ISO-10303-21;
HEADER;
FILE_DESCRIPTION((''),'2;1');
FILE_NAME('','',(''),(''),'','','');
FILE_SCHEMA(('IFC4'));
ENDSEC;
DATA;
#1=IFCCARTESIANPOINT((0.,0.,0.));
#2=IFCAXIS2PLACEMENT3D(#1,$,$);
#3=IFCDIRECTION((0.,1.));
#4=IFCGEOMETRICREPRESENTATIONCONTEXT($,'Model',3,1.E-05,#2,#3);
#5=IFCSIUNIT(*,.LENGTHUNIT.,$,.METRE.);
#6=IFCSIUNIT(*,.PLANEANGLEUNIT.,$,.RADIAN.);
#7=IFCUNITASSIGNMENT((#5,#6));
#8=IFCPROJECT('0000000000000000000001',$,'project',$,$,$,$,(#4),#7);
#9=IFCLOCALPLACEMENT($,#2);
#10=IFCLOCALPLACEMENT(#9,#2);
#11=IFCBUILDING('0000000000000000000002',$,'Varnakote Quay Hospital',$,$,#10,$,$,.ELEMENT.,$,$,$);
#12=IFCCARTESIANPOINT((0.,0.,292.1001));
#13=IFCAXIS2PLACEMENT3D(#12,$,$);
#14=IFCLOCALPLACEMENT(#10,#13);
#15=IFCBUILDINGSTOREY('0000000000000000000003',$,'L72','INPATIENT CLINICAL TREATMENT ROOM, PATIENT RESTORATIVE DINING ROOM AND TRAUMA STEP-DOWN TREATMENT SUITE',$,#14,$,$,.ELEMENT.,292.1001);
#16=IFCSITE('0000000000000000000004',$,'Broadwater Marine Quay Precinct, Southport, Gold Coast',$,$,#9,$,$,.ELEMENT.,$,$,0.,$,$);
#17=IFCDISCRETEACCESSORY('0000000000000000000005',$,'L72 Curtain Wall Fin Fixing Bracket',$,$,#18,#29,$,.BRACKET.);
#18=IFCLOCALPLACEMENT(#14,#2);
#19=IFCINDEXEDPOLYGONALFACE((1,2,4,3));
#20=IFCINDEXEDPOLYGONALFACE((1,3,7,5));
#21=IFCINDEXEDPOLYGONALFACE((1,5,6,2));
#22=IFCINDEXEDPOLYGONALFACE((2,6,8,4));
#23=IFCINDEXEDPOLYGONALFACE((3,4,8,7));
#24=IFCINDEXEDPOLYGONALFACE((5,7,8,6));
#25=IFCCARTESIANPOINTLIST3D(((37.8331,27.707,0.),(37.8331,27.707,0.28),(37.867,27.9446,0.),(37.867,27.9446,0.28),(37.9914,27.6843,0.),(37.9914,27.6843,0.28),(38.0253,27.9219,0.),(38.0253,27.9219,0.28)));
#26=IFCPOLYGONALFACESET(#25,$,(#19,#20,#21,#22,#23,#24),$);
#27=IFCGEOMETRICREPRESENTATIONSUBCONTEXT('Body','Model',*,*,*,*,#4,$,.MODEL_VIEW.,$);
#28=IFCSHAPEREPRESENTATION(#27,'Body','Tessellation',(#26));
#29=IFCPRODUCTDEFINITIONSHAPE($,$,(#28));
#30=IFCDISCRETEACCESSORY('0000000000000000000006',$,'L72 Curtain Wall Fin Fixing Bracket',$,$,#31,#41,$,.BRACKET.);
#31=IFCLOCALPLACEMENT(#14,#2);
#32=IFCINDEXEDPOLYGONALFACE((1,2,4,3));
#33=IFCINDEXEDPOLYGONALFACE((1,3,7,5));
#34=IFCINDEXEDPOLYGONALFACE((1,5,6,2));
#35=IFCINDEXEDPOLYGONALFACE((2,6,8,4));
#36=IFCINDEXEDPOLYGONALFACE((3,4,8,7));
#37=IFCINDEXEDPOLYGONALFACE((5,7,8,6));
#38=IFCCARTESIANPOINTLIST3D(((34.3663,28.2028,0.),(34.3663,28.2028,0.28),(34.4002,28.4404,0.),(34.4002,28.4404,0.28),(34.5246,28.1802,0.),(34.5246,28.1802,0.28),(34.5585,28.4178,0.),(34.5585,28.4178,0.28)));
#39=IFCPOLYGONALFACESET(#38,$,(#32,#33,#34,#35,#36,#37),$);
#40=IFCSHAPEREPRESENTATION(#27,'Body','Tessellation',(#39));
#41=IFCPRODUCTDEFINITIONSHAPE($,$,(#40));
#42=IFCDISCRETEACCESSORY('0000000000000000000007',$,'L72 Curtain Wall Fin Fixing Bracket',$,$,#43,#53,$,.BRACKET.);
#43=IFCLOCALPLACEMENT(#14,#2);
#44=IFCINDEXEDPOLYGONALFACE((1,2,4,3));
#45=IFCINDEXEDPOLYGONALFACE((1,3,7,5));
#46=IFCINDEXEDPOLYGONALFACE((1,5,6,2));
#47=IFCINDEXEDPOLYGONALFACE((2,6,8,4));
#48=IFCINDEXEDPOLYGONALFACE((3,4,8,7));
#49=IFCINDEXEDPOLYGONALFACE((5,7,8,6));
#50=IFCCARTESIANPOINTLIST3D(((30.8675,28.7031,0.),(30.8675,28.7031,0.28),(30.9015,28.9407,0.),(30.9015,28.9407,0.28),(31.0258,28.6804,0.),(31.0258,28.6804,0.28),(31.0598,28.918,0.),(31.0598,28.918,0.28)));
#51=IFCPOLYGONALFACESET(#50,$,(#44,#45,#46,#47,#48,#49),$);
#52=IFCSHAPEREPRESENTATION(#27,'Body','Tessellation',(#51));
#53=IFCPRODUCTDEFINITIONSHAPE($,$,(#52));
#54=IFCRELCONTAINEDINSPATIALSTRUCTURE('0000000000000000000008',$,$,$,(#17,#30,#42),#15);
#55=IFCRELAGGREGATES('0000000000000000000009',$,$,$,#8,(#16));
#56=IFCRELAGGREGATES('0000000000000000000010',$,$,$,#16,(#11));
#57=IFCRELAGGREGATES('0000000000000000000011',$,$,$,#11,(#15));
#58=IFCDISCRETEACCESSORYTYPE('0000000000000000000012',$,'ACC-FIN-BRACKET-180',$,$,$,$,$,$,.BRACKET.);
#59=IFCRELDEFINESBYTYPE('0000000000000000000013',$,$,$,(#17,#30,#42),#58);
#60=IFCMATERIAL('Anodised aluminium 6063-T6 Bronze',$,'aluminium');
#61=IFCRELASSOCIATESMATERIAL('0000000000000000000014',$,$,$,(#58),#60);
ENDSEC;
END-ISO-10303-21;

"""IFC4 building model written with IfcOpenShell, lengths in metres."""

from ifc_helpers import new_model, si_unit, direction, frame, origin, origin_2d, place, context, subcontext, project, spatial, rectangle, extrude, material, type_object, element, save


model = new_model("IFC4")

# Units and contexts
model_context = context("Model", 3, precision=1e-05, world=origin(), true_north=direction((0.0, 1.0)))
body_context = subcontext(model_context, "Body", "Model", "MODEL_VIEW")
ifc_project = project(units=[si_unit("LENGTHUNIT", "METRE"), si_unit("PLANEANGLEUNIT", "RADIAN")], contexts=[model_context])

# Site, building, storey
site_placement = place(None, origin())
site = spatial("IfcSite", under=ifc_project, at=site_placement, Name="Broadwater Marine Quay Precinct, Southport, Gold Coast", CompositionType="ELEMENT", RefElevation=0.0)
building_placement = place(site_placement, origin())
building = spatial("IfcBuilding", under=site, at=building_placement, Name="Varnakote Quay Hospital", CompositionType="ELEMENT")
storey_placement = place(building_placement, frame((0.0, 0.0, 292.1001)))
storey = spatial("IfcBuildingStorey", under=building, at=storey_placement, Name="L72", Description="INPATIENT CLINICAL TREATMENT ROOM, PATIENT RESTORATIVE DINING ROOM AND TRAUMA STEP-DOWN TREATMENT SUITE", CompositionType="ELEMENT", Elevation=292.1001)

# Discrete accessories
ifc_material_1 = material(Name="Anodised aluminium 6063-T6 Bronze", Category="aluminium")
discrete_accessory_type = type_object("IfcDiscreteAccessoryType", Name="ACC-FIN-BRACKET-180", PredefinedType="BRACKET", material=ifc_material_1)
for number, where, z_axis, x_axis, name in (
    (1, (37.9292, 27.8145, 0.0), (0.0, 0.0, 1.0), (-0.989925, 0.141592, 0.0), "L72 Curtain Wall Fin Fixing Bracket"),
    (2, (34.4624, 28.3103, 0.0), (0.0, 0.0, 1.0), (-0.989925, 0.141592, 0.0), "L72 Curtain Wall Fin Fixing Bracket"),
    (3, (30.9636, 28.8105, 0.0), (0.0, 0.0, 1.0), (-0.989925, 0.141592, 0.0), "L72 Curtain Wall Fin Fixing Bracket"),
):
    element("IfcDiscreteAccessory", number, at=place(storey_placement, frame(where, z_axis=z_axis, x_axis=x_axis)), inside=storey, type_object=discrete_accessory_type, Name=name, PredefinedType="BRACKET", context=body_context, shape_type="SweptSolid", body=[
        extrude(rectangle(XDim=0.1599, YDim=0.24, at=origin_2d()), origin(), (0.0, 0.0, 1.0), 0.28),
    ])

save(model, "model.ifc")
